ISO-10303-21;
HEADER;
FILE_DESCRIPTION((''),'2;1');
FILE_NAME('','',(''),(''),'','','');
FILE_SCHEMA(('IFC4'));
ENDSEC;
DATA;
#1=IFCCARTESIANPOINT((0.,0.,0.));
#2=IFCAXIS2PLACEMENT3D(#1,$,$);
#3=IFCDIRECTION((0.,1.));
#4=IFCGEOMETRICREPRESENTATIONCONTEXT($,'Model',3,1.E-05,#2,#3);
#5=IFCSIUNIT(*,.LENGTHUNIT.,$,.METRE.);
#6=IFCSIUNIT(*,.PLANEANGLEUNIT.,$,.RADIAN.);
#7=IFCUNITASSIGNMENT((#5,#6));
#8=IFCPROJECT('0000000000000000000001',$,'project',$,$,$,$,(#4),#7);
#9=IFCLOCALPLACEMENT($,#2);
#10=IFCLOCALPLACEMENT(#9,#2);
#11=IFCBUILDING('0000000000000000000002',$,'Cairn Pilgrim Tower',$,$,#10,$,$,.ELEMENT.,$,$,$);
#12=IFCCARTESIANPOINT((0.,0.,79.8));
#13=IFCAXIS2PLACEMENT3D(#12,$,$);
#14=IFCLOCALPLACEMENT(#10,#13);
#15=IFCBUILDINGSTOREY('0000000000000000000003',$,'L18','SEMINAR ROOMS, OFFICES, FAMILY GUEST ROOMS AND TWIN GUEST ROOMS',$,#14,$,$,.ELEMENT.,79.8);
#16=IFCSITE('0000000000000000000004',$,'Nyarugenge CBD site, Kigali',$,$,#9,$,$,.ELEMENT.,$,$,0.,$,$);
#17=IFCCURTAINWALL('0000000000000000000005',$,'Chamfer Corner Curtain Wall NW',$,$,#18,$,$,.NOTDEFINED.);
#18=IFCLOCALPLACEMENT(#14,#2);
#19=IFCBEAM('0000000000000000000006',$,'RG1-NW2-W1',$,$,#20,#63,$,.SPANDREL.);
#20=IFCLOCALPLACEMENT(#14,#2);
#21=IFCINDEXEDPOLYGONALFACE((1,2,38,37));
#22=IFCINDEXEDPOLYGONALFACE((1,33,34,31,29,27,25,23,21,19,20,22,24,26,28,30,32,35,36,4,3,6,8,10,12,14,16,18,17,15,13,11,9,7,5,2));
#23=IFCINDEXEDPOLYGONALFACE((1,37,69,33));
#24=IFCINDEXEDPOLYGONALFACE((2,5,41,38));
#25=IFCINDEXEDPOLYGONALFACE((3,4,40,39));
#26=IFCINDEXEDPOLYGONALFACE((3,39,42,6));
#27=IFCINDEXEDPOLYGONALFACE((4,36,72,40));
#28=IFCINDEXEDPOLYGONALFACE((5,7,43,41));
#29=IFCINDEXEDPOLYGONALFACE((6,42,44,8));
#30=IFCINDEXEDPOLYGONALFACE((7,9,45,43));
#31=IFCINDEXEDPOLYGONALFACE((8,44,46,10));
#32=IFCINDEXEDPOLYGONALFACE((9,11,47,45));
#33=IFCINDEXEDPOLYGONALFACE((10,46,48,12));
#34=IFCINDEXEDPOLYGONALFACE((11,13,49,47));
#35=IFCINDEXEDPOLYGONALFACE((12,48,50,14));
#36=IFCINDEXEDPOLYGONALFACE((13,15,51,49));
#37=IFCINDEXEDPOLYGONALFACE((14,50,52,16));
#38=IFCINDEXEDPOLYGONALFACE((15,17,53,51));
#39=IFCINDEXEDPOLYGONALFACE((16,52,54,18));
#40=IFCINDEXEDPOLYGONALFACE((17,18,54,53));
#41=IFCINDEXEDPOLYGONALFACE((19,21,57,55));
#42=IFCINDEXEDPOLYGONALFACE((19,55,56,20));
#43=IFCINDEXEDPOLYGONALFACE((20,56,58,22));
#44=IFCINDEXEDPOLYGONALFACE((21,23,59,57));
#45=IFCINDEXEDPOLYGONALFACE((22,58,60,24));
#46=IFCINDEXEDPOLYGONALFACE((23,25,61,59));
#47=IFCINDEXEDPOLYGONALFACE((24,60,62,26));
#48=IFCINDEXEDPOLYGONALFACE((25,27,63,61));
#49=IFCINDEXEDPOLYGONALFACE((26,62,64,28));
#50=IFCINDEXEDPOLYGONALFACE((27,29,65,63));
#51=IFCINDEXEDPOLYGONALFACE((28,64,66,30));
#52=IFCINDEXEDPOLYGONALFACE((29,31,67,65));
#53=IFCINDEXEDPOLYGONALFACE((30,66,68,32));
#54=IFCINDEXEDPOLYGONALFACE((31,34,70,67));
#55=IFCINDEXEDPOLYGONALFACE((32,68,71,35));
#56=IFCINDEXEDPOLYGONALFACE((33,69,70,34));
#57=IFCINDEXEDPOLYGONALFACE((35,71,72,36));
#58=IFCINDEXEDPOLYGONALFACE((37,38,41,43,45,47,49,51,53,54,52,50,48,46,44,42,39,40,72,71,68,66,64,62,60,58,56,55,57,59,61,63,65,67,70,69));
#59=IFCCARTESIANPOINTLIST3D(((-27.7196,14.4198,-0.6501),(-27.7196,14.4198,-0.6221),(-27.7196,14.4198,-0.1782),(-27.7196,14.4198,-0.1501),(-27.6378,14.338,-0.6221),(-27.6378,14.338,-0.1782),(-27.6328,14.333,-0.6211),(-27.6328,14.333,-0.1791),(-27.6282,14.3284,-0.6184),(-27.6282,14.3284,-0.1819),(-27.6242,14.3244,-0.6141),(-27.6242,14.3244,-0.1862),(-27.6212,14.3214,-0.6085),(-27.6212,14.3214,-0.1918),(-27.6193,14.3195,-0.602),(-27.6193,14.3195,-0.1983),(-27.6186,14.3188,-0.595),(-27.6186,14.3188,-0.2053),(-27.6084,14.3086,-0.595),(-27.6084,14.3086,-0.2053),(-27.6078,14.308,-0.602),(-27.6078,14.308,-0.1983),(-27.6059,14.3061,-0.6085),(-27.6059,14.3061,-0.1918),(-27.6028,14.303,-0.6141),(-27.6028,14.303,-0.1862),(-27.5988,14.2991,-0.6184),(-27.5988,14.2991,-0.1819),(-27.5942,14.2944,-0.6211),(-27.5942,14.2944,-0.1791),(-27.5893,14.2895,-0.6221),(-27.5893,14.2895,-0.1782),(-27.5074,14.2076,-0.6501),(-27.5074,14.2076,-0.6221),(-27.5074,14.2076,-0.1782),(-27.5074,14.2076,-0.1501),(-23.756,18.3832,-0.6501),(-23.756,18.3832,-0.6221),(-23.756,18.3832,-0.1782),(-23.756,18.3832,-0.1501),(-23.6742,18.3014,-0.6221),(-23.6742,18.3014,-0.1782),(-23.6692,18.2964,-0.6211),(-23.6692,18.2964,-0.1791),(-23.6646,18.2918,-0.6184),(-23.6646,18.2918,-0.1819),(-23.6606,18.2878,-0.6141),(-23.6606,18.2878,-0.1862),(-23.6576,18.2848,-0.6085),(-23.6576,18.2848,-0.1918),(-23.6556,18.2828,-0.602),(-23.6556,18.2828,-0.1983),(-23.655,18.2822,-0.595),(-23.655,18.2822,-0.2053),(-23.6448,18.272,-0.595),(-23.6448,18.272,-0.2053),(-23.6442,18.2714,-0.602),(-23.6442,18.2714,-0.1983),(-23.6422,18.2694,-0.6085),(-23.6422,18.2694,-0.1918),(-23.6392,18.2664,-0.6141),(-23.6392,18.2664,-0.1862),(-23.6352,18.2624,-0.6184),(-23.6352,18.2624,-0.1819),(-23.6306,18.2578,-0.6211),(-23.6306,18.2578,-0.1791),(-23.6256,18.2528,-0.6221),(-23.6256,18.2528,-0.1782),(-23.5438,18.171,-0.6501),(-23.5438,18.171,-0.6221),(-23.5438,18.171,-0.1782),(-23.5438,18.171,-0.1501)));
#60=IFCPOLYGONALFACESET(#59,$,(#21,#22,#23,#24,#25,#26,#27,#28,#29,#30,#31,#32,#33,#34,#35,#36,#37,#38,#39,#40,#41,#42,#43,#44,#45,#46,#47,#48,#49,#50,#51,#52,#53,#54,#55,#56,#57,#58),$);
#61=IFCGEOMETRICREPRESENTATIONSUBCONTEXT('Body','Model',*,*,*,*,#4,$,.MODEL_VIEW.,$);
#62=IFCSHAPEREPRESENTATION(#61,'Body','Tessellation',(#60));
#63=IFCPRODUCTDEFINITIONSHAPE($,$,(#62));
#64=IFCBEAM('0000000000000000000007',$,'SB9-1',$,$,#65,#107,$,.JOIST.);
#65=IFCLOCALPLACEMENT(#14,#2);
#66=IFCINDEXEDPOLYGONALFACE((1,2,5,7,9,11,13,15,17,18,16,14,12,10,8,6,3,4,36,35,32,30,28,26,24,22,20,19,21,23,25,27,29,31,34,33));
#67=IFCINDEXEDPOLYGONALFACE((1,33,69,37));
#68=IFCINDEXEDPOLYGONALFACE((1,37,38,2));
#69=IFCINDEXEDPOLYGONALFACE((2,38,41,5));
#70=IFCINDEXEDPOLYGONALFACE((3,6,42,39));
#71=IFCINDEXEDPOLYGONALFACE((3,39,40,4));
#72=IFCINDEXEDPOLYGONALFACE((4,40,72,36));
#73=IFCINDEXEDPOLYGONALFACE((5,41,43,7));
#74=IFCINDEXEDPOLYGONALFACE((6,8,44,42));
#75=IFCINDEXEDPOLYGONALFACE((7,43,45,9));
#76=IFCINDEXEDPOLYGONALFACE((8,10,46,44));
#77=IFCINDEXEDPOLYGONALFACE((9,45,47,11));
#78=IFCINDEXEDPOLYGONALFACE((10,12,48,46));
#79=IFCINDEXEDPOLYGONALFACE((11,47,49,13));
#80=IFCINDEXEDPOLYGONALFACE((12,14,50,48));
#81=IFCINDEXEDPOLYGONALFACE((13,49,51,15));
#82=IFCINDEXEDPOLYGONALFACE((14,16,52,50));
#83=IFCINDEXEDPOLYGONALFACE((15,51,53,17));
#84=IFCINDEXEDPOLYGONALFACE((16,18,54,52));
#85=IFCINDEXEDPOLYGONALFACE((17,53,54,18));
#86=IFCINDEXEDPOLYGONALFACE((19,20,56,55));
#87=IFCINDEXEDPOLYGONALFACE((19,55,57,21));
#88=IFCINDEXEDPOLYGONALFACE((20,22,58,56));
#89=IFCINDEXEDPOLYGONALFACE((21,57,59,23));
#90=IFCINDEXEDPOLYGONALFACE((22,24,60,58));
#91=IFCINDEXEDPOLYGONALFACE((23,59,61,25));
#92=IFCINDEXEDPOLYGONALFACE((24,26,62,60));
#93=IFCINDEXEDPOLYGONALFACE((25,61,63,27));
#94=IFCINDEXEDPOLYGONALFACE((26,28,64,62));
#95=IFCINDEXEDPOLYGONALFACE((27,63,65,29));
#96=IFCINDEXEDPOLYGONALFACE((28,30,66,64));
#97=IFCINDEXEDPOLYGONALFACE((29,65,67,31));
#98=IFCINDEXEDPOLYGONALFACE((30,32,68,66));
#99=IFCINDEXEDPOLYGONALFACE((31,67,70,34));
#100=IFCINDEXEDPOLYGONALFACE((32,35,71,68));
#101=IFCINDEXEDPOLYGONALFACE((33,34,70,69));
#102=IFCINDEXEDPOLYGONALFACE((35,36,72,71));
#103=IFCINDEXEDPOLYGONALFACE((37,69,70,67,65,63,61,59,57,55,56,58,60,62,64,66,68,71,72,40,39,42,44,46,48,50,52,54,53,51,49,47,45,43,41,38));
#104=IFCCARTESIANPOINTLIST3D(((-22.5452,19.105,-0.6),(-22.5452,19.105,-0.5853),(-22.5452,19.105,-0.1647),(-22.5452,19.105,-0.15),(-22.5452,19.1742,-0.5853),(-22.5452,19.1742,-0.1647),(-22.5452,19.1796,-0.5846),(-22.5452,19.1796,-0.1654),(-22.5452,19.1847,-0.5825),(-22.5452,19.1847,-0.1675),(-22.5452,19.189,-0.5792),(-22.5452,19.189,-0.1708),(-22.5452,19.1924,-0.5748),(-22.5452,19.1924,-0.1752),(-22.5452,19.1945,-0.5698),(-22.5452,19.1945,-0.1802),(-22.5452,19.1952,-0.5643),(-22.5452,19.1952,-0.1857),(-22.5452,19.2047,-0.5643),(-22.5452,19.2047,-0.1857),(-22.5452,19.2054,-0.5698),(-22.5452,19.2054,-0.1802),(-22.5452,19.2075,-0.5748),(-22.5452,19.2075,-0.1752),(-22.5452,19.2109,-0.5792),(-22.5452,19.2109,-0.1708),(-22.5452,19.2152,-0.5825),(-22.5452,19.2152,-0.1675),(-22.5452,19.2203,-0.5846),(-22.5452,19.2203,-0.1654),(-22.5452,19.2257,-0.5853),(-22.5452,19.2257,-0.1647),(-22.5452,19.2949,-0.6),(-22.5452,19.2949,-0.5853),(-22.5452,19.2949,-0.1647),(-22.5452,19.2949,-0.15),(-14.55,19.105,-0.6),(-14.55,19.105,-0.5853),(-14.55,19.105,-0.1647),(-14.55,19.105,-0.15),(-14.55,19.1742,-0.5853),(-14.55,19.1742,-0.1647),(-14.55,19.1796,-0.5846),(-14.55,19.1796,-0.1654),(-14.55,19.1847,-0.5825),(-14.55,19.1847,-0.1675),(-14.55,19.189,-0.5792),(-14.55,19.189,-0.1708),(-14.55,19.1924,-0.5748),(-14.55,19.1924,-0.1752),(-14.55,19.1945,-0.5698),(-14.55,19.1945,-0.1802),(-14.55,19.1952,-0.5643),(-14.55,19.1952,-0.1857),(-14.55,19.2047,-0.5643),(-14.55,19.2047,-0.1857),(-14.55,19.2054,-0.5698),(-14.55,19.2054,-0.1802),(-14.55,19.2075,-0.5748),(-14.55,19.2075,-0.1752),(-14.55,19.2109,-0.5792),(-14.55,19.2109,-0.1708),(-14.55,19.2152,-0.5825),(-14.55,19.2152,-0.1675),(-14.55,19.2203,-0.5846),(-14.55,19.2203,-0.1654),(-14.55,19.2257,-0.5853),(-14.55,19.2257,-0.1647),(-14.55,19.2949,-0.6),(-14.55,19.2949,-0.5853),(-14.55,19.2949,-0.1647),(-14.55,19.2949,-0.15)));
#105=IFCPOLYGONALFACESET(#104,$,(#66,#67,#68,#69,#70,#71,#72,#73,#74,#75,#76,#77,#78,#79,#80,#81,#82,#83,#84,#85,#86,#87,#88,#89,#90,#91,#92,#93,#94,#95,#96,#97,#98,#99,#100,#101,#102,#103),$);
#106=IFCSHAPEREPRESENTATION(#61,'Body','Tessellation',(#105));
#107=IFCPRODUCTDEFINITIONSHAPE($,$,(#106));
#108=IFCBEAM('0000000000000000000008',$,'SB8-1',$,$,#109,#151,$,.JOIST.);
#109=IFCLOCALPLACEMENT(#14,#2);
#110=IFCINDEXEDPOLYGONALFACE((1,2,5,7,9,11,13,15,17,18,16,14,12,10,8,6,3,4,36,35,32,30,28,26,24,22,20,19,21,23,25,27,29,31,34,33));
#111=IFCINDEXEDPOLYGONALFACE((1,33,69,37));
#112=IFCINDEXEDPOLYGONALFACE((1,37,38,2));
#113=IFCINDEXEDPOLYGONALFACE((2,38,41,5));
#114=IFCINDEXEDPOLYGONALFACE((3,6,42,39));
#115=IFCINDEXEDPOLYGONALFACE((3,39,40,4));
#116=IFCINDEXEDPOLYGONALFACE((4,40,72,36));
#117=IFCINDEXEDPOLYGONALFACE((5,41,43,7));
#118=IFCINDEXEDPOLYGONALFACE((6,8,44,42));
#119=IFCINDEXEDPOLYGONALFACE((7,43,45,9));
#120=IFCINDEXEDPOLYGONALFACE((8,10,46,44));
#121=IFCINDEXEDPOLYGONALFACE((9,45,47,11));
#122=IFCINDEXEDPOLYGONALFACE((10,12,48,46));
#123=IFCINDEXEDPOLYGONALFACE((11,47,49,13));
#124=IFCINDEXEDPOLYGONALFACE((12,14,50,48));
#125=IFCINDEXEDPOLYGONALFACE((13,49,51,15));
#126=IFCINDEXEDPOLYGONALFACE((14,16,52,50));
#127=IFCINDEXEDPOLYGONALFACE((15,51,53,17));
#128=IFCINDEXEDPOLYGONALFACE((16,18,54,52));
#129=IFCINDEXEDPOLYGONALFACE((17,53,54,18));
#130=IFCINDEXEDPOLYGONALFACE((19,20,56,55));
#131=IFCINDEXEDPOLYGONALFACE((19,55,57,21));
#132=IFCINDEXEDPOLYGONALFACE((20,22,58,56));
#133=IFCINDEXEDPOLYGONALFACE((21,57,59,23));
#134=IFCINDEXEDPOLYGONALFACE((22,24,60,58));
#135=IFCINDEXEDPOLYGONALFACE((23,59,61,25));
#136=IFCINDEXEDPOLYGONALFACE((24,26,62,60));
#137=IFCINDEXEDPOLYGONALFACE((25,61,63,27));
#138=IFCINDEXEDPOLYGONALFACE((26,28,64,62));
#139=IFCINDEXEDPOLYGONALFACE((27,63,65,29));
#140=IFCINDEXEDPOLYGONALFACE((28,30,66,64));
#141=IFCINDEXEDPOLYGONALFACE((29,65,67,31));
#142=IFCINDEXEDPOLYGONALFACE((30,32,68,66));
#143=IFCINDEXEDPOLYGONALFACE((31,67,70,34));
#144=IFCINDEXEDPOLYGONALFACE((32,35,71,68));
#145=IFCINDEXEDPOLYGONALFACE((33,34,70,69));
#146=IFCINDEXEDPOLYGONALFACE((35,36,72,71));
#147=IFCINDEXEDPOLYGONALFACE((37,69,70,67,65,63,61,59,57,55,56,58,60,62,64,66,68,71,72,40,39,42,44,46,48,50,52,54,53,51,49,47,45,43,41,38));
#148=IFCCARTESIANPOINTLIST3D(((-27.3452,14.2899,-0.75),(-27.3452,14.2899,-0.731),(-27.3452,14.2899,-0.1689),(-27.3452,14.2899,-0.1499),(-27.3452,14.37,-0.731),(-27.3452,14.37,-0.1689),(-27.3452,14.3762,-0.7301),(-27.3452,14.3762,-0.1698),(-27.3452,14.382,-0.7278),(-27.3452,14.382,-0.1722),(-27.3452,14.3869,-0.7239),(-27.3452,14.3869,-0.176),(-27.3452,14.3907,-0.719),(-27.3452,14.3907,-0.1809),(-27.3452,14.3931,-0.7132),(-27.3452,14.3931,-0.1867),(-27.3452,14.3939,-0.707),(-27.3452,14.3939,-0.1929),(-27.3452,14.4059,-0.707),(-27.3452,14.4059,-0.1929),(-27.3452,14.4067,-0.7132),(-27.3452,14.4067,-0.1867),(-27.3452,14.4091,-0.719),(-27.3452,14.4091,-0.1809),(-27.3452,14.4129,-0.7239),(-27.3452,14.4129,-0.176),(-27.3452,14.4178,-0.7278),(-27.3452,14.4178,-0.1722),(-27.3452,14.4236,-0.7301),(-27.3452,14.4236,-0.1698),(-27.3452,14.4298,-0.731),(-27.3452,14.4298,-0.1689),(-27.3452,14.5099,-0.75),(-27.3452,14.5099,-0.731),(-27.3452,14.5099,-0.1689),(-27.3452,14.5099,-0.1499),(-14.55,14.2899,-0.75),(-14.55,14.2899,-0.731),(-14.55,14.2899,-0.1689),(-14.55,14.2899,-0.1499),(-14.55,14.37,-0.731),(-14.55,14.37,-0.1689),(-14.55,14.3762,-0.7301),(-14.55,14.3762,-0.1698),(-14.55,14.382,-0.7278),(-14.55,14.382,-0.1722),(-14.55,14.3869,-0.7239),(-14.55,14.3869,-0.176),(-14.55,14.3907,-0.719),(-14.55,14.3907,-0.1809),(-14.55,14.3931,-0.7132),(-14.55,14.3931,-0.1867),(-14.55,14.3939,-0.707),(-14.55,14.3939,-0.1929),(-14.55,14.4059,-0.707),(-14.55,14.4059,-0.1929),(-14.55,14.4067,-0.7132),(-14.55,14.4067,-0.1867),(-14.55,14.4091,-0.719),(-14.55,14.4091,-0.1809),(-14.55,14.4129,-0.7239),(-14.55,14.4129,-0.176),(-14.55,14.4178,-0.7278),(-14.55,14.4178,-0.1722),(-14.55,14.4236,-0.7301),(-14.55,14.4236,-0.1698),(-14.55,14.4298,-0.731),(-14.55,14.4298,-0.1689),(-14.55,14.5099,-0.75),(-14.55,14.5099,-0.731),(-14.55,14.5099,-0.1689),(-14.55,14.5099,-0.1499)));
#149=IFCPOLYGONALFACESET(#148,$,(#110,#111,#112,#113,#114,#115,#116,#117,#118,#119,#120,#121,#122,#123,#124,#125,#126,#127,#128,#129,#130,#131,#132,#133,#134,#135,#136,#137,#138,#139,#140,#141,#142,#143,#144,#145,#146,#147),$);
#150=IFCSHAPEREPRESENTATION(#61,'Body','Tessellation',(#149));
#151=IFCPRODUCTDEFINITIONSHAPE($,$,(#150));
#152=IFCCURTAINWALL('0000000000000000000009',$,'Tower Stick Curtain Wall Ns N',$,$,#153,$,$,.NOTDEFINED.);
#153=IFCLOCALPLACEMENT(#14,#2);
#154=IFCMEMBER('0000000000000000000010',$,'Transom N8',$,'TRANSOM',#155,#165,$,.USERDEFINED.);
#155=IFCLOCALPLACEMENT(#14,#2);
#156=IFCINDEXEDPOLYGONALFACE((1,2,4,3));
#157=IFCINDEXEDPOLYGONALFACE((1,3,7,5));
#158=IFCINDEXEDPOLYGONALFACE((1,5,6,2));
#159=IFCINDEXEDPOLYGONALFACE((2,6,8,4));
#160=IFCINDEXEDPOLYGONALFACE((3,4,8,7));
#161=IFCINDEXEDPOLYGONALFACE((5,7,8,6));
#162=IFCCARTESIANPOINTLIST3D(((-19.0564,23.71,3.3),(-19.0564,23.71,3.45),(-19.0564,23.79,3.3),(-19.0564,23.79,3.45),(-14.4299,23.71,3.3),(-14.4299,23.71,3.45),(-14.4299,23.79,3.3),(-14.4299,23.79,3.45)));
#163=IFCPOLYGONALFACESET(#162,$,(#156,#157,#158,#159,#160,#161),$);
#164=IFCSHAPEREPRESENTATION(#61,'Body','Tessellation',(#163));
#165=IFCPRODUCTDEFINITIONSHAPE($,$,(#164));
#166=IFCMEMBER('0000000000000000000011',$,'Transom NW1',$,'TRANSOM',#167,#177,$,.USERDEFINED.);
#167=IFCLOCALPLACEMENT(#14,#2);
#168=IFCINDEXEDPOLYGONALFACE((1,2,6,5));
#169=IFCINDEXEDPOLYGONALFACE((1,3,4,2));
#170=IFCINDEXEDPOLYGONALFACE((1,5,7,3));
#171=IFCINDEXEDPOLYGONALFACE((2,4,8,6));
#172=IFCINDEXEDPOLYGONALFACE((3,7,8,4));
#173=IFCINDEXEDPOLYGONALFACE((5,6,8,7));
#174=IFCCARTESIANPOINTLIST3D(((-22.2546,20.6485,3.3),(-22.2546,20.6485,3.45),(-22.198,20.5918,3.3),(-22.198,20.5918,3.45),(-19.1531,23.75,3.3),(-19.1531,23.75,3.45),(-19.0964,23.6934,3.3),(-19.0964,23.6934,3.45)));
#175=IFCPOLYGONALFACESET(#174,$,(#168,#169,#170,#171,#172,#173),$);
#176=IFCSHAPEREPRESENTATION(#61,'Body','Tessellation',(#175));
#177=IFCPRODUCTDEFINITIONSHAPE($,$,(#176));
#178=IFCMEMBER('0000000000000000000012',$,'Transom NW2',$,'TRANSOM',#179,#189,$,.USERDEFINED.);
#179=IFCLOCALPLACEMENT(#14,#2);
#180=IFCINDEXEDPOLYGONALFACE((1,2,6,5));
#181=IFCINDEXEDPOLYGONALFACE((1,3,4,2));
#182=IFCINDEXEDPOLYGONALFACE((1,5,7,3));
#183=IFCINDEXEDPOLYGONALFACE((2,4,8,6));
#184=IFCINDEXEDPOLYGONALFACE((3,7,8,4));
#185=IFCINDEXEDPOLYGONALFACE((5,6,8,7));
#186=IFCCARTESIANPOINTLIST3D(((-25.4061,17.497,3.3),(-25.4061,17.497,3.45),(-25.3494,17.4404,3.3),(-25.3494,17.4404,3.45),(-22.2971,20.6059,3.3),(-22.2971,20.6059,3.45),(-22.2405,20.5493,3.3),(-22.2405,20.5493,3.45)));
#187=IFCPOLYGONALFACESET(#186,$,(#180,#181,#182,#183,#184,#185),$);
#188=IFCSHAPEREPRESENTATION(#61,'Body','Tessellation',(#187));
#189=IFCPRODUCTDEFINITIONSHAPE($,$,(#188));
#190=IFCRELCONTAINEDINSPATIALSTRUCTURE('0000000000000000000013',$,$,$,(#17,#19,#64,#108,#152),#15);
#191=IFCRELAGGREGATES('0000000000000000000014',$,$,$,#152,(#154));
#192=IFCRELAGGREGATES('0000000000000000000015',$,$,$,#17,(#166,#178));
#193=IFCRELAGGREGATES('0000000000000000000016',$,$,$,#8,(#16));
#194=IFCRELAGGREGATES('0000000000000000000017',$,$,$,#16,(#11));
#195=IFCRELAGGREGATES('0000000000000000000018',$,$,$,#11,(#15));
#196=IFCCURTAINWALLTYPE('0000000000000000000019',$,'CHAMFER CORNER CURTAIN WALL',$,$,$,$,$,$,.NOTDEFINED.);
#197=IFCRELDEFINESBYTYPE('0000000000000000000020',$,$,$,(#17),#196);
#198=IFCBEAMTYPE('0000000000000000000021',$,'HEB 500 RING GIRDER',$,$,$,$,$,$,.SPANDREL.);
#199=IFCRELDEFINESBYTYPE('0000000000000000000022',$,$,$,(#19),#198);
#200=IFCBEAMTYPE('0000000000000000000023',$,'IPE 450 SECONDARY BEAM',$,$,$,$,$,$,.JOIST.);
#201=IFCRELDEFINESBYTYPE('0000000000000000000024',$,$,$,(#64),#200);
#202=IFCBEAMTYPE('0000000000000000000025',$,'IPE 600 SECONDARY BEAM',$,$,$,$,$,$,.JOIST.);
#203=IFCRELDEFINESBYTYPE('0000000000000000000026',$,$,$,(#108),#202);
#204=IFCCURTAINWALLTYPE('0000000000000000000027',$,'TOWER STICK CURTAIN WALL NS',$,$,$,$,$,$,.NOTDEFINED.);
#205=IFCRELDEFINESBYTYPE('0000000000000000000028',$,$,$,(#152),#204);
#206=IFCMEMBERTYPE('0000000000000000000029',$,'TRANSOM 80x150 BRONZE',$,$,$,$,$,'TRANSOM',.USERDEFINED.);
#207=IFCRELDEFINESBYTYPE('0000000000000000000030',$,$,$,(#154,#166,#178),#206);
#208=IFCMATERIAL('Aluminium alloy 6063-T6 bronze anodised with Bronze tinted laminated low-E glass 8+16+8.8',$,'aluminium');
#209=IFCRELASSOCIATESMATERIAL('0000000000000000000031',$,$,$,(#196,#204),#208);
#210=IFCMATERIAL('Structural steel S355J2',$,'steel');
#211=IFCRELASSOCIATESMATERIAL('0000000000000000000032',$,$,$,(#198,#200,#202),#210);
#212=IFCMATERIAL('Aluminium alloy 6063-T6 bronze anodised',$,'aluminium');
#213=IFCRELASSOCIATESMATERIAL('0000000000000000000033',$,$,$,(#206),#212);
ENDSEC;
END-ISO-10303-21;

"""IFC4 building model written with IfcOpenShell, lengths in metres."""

from ifc_helpers import new_model, si_unit, direction, frame, origin, origin_2d, place, context, subcontext, project, spatial, rectangle, i_section, extrude, material, material_profile, profile_set, type_object, element, aggregate, save


model = new_model("IFC4")

# Units and contexts
model_context = context("Model", 3, precision=1e-05, world=origin(), true_north=direction((0.0, 1.0)))
body_context = subcontext(model_context, "Body", "Model", "MODEL_VIEW")
ifc_project = project(units=[si_unit("LENGTHUNIT", "METRE"), si_unit("PLANEANGLEUNIT", "RADIAN")], contexts=[model_context])

# Site, building, storey
site_placement = place(None, origin())
site = spatial("IfcSite", under=ifc_project, at=site_placement, Name="Nyarugenge CBD site, Kigali", CompositionType="ELEMENT", RefElevation=0.0)
building_placement = place(site_placement, origin())
building = spatial("IfcBuilding", under=site, at=building_placement, Name="Cairn Pilgrim Tower", CompositionType="ELEMENT")
storey_placement = place(building_placement, frame((0.0, 0.0, 79.8)))
storey = spatial("IfcBuildingStorey", under=building, at=storey_placement, Name="L18", Description="SEMINAR ROOMS, OFFICES, FAMILY GUEST ROOMS AND TWIN GUEST ROOMS", CompositionType="ELEMENT", Elevation=79.8)

# Shared definitions
ifc_material_1 = material(Name="Structural steel S355J2", Category="steel")

# Curtain wall
ifc_material_2 = material(Name="Aluminium alloy 6063-T6 bronze anodised with Bronze tinted laminated low-E glass 8+16+8.8", Category="aluminium")
curtain_wall_type_1 = type_object("IfcCurtainWallType", Name="CHAMFER CORNER CURTAIN WALL", PredefinedType="NOTDEFINED", material=ifc_material_2)
curtain_wall_1_placement = place(storey_placement, origin())
curtain_wall_1 = element("IfcCurtainWall", 1, at=curtain_wall_1_placement, inside=storey, type_object=curtain_wall_type_1, Name="Chamfer Corner Curtain Wall NW", PredefinedType="NOTDEFINED")
ifc_material_3 = material(Name="Aluminium alloy 6063-T6 bronze anodised", Category="aluminium")

# Beams
ifc_material_profile_1 = material_profile(ifc_material_1, i_section(OverallWidth=0.3, OverallDepth=0.5, WebThickness=0.0144, FlangeThickness=0.0281, FilletRadius=0.0271, at=origin_2d()), Name="HEB 500")
ifc_profile_set_1 = profile_set([ifc_material_profile_1], Name="Structural steel S355J2")
beam_type_1 = type_object("IfcBeamType", Name="HEB 500 RING GIRDER", PredefinedType="SPANDREL", material=ifc_profile_set_1)
beam_1_placement = place(storey_placement, frame((-23.6499, 18.2771, -0.4001), z_axis=(-0.707129, -0.707085, 0.0), x_axis=(0.707085, -0.707129, 0.0)))
element("IfcBeam", 2, at=beam_1_placement, inside=storey, type_object=beam_type_1, Name="RG1-NW2-W1", PredefinedType="SPANDREL", context=body_context, shape_type="SweptSolid", body=[
    extrude(i_section(OverallWidth=0.3, OverallDepth=0.5, WebThickness=0.0144, FlangeThickness=0.0281, FilletRadius=0.0271, at=origin_2d()), origin(), (0.0, 0.0, 1.0), 5.6052),
])
ifc_material_profile_2 = material_profile(ifc_material_1, i_section(OverallWidth=0.1899, OverallDepth=0.45, WebThickness=0.0095, FlangeThickness=0.0146, FilletRadius=0.021, at=origin_2d()), Name="IPE 450")
ifc_profile_set_2 = profile_set([ifc_material_profile_2], Name="Structural steel S355J2")
beam_type_2 = type_object("IfcBeamType", Name="IPE 450 SECONDARY BEAM", PredefinedType="JOIST", material=ifc_profile_set_2)
beam_2_placement = place(storey_placement, frame((-22.5452, 19.2, -0.375), z_axis=(1.0, 0.0, 0.0), x_axis=(0.0, 1.0, 0.0)))
element("IfcBeam", 3, at=beam_2_placement, inside=storey, type_object=beam_type_2, Name="SB9-1", PredefinedType="JOIST", context=body_context, shape_type="SweptSolid", body=[
    extrude(i_section(OverallWidth=0.1899, OverallDepth=0.45, WebThickness=0.0095, FlangeThickness=0.0146, FilletRadius=0.021, at=origin_2d()), origin(), (0.0, 0.0, 1.0), 7.9951),
])
ifc_material_profile_3 = material_profile(ifc_material_1, i_section(OverallWidth=0.22, OverallDepth=0.6001, WebThickness=0.012, FlangeThickness=0.019, FilletRadius=0.0239, at=origin_2d()), Name="IPE 600")
ifc_profile_set_3 = profile_set([ifc_material_profile_3], Name="Structural steel S355J2")
beam_type_3 = type_object("IfcBeamType", Name="IPE 600 SECONDARY BEAM", PredefinedType="JOIST", material=ifc_profile_set_3)
beam_3_placement = place(storey_placement, frame((-27.3452, 14.3999, -0.45), z_axis=(1.0, 0.0, 0.0), x_axis=(0.0, 1.0, 0.0)))
element("IfcBeam", 4, at=beam_3_placement, inside=storey, type_object=beam_type_3, Name="SB8-1", PredefinedType="JOIST", context=body_context, shape_type="SweptSolid", body=[
    extrude(i_section(OverallWidth=0.22, OverallDepth=0.6001, WebThickness=0.012, FlangeThickness=0.019, FilletRadius=0.0239, at=origin_2d()), origin(), (0.0, 0.0, 1.0), 12.7952),
])

# Curtain wall, member
curtain_wall_type_2 = type_object("IfcCurtainWallType", Name="TOWER STICK CURTAIN WALL NS", PredefinedType="NOTDEFINED", material=ifc_material_2)
curtain_wall_2_placement = place(storey_placement, origin())
curtain_wall_2 = element("IfcCurtainWall", 5, at=curtain_wall_2_placement, inside=storey, type_object=curtain_wall_type_2, Name="Tower Stick Curtain Wall Ns N", PredefinedType="NOTDEFINED")
ifc_material_profile_4 = material_profile(ifc_material_3, rectangle(XDim=0.0801, YDim=0.1499, at=origin_2d()), Name="TRANSOM 80x150 BRONZE")
ifc_profile_set_4 = profile_set([ifc_material_profile_4], Name="Aluminium alloy 6063-T6 bronze anodised")
member_type_1 = type_object("IfcMemberType", Name="TRANSOM 80x150 BRONZE", ElementType="TRANSOM", PredefinedType="USERDEFINED", material=ifc_profile_set_4)
member_1_placement = place(storey_placement, frame((-14.4299, 23.75, 3.375), z_axis=(-1.0, 0.0, 0.0), x_axis=(0.0, -1.0, 0.0)))
member_1 = element("IfcMember", 6, at=member_1_placement, type_object=member_type_1, Name="Transom N8", ObjectType="TRANSOM", PredefinedType="USERDEFINED", context=body_context, shape_type="SweptSolid", body=[
    extrude(rectangle(XDim=0.0801, YDim=0.1499, at=origin_2d()), origin(), (0.0, 0.0, 1.0), 4.6265),
])

# Members
member_2_placement = place(storey_placement, frame((-19.1248, 23.7217, 3.375), z_axis=(-0.707107, -0.707107, 0.0), x_axis=(0.707107, -0.707107, 0.0)))
member_2 = element("IfcMember", 7, at=member_2_placement, type_object=member_type_1, Name="Transom NW1", ObjectType="TRANSOM", PredefinedType="USERDEFINED", context=body_context, shape_type="SweptSolid", body=[
    extrude(rectangle(XDim=0.0801, YDim=0.1499, at=origin_2d()), origin(), (0.0, 0.0, 1.0), 4.3862),
])
member_3_placement = place(storey_placement, frame((-22.2688, 20.5776, 3.375), z_axis=(-0.707107, -0.707107, 0.0), x_axis=(0.707107, -0.707107, 0.0)))
member_3 = element("IfcMember", 8, at=member_3_placement, type_object=member_type_1, Name="Transom NW2", ObjectType="TRANSOM", PredefinedType="USERDEFINED", context=body_context, shape_type="SweptSolid", body=[
    extrude(rectangle(XDim=0.0801, YDim=0.1499, at=origin_2d()), origin(), (0.0, 0.0, 1.0), 4.3967),
])

aggregate(curtain_wall_2, [member_1])
aggregate(curtain_wall_1, [member_2, member_3])

save(model, "model.ifc")
